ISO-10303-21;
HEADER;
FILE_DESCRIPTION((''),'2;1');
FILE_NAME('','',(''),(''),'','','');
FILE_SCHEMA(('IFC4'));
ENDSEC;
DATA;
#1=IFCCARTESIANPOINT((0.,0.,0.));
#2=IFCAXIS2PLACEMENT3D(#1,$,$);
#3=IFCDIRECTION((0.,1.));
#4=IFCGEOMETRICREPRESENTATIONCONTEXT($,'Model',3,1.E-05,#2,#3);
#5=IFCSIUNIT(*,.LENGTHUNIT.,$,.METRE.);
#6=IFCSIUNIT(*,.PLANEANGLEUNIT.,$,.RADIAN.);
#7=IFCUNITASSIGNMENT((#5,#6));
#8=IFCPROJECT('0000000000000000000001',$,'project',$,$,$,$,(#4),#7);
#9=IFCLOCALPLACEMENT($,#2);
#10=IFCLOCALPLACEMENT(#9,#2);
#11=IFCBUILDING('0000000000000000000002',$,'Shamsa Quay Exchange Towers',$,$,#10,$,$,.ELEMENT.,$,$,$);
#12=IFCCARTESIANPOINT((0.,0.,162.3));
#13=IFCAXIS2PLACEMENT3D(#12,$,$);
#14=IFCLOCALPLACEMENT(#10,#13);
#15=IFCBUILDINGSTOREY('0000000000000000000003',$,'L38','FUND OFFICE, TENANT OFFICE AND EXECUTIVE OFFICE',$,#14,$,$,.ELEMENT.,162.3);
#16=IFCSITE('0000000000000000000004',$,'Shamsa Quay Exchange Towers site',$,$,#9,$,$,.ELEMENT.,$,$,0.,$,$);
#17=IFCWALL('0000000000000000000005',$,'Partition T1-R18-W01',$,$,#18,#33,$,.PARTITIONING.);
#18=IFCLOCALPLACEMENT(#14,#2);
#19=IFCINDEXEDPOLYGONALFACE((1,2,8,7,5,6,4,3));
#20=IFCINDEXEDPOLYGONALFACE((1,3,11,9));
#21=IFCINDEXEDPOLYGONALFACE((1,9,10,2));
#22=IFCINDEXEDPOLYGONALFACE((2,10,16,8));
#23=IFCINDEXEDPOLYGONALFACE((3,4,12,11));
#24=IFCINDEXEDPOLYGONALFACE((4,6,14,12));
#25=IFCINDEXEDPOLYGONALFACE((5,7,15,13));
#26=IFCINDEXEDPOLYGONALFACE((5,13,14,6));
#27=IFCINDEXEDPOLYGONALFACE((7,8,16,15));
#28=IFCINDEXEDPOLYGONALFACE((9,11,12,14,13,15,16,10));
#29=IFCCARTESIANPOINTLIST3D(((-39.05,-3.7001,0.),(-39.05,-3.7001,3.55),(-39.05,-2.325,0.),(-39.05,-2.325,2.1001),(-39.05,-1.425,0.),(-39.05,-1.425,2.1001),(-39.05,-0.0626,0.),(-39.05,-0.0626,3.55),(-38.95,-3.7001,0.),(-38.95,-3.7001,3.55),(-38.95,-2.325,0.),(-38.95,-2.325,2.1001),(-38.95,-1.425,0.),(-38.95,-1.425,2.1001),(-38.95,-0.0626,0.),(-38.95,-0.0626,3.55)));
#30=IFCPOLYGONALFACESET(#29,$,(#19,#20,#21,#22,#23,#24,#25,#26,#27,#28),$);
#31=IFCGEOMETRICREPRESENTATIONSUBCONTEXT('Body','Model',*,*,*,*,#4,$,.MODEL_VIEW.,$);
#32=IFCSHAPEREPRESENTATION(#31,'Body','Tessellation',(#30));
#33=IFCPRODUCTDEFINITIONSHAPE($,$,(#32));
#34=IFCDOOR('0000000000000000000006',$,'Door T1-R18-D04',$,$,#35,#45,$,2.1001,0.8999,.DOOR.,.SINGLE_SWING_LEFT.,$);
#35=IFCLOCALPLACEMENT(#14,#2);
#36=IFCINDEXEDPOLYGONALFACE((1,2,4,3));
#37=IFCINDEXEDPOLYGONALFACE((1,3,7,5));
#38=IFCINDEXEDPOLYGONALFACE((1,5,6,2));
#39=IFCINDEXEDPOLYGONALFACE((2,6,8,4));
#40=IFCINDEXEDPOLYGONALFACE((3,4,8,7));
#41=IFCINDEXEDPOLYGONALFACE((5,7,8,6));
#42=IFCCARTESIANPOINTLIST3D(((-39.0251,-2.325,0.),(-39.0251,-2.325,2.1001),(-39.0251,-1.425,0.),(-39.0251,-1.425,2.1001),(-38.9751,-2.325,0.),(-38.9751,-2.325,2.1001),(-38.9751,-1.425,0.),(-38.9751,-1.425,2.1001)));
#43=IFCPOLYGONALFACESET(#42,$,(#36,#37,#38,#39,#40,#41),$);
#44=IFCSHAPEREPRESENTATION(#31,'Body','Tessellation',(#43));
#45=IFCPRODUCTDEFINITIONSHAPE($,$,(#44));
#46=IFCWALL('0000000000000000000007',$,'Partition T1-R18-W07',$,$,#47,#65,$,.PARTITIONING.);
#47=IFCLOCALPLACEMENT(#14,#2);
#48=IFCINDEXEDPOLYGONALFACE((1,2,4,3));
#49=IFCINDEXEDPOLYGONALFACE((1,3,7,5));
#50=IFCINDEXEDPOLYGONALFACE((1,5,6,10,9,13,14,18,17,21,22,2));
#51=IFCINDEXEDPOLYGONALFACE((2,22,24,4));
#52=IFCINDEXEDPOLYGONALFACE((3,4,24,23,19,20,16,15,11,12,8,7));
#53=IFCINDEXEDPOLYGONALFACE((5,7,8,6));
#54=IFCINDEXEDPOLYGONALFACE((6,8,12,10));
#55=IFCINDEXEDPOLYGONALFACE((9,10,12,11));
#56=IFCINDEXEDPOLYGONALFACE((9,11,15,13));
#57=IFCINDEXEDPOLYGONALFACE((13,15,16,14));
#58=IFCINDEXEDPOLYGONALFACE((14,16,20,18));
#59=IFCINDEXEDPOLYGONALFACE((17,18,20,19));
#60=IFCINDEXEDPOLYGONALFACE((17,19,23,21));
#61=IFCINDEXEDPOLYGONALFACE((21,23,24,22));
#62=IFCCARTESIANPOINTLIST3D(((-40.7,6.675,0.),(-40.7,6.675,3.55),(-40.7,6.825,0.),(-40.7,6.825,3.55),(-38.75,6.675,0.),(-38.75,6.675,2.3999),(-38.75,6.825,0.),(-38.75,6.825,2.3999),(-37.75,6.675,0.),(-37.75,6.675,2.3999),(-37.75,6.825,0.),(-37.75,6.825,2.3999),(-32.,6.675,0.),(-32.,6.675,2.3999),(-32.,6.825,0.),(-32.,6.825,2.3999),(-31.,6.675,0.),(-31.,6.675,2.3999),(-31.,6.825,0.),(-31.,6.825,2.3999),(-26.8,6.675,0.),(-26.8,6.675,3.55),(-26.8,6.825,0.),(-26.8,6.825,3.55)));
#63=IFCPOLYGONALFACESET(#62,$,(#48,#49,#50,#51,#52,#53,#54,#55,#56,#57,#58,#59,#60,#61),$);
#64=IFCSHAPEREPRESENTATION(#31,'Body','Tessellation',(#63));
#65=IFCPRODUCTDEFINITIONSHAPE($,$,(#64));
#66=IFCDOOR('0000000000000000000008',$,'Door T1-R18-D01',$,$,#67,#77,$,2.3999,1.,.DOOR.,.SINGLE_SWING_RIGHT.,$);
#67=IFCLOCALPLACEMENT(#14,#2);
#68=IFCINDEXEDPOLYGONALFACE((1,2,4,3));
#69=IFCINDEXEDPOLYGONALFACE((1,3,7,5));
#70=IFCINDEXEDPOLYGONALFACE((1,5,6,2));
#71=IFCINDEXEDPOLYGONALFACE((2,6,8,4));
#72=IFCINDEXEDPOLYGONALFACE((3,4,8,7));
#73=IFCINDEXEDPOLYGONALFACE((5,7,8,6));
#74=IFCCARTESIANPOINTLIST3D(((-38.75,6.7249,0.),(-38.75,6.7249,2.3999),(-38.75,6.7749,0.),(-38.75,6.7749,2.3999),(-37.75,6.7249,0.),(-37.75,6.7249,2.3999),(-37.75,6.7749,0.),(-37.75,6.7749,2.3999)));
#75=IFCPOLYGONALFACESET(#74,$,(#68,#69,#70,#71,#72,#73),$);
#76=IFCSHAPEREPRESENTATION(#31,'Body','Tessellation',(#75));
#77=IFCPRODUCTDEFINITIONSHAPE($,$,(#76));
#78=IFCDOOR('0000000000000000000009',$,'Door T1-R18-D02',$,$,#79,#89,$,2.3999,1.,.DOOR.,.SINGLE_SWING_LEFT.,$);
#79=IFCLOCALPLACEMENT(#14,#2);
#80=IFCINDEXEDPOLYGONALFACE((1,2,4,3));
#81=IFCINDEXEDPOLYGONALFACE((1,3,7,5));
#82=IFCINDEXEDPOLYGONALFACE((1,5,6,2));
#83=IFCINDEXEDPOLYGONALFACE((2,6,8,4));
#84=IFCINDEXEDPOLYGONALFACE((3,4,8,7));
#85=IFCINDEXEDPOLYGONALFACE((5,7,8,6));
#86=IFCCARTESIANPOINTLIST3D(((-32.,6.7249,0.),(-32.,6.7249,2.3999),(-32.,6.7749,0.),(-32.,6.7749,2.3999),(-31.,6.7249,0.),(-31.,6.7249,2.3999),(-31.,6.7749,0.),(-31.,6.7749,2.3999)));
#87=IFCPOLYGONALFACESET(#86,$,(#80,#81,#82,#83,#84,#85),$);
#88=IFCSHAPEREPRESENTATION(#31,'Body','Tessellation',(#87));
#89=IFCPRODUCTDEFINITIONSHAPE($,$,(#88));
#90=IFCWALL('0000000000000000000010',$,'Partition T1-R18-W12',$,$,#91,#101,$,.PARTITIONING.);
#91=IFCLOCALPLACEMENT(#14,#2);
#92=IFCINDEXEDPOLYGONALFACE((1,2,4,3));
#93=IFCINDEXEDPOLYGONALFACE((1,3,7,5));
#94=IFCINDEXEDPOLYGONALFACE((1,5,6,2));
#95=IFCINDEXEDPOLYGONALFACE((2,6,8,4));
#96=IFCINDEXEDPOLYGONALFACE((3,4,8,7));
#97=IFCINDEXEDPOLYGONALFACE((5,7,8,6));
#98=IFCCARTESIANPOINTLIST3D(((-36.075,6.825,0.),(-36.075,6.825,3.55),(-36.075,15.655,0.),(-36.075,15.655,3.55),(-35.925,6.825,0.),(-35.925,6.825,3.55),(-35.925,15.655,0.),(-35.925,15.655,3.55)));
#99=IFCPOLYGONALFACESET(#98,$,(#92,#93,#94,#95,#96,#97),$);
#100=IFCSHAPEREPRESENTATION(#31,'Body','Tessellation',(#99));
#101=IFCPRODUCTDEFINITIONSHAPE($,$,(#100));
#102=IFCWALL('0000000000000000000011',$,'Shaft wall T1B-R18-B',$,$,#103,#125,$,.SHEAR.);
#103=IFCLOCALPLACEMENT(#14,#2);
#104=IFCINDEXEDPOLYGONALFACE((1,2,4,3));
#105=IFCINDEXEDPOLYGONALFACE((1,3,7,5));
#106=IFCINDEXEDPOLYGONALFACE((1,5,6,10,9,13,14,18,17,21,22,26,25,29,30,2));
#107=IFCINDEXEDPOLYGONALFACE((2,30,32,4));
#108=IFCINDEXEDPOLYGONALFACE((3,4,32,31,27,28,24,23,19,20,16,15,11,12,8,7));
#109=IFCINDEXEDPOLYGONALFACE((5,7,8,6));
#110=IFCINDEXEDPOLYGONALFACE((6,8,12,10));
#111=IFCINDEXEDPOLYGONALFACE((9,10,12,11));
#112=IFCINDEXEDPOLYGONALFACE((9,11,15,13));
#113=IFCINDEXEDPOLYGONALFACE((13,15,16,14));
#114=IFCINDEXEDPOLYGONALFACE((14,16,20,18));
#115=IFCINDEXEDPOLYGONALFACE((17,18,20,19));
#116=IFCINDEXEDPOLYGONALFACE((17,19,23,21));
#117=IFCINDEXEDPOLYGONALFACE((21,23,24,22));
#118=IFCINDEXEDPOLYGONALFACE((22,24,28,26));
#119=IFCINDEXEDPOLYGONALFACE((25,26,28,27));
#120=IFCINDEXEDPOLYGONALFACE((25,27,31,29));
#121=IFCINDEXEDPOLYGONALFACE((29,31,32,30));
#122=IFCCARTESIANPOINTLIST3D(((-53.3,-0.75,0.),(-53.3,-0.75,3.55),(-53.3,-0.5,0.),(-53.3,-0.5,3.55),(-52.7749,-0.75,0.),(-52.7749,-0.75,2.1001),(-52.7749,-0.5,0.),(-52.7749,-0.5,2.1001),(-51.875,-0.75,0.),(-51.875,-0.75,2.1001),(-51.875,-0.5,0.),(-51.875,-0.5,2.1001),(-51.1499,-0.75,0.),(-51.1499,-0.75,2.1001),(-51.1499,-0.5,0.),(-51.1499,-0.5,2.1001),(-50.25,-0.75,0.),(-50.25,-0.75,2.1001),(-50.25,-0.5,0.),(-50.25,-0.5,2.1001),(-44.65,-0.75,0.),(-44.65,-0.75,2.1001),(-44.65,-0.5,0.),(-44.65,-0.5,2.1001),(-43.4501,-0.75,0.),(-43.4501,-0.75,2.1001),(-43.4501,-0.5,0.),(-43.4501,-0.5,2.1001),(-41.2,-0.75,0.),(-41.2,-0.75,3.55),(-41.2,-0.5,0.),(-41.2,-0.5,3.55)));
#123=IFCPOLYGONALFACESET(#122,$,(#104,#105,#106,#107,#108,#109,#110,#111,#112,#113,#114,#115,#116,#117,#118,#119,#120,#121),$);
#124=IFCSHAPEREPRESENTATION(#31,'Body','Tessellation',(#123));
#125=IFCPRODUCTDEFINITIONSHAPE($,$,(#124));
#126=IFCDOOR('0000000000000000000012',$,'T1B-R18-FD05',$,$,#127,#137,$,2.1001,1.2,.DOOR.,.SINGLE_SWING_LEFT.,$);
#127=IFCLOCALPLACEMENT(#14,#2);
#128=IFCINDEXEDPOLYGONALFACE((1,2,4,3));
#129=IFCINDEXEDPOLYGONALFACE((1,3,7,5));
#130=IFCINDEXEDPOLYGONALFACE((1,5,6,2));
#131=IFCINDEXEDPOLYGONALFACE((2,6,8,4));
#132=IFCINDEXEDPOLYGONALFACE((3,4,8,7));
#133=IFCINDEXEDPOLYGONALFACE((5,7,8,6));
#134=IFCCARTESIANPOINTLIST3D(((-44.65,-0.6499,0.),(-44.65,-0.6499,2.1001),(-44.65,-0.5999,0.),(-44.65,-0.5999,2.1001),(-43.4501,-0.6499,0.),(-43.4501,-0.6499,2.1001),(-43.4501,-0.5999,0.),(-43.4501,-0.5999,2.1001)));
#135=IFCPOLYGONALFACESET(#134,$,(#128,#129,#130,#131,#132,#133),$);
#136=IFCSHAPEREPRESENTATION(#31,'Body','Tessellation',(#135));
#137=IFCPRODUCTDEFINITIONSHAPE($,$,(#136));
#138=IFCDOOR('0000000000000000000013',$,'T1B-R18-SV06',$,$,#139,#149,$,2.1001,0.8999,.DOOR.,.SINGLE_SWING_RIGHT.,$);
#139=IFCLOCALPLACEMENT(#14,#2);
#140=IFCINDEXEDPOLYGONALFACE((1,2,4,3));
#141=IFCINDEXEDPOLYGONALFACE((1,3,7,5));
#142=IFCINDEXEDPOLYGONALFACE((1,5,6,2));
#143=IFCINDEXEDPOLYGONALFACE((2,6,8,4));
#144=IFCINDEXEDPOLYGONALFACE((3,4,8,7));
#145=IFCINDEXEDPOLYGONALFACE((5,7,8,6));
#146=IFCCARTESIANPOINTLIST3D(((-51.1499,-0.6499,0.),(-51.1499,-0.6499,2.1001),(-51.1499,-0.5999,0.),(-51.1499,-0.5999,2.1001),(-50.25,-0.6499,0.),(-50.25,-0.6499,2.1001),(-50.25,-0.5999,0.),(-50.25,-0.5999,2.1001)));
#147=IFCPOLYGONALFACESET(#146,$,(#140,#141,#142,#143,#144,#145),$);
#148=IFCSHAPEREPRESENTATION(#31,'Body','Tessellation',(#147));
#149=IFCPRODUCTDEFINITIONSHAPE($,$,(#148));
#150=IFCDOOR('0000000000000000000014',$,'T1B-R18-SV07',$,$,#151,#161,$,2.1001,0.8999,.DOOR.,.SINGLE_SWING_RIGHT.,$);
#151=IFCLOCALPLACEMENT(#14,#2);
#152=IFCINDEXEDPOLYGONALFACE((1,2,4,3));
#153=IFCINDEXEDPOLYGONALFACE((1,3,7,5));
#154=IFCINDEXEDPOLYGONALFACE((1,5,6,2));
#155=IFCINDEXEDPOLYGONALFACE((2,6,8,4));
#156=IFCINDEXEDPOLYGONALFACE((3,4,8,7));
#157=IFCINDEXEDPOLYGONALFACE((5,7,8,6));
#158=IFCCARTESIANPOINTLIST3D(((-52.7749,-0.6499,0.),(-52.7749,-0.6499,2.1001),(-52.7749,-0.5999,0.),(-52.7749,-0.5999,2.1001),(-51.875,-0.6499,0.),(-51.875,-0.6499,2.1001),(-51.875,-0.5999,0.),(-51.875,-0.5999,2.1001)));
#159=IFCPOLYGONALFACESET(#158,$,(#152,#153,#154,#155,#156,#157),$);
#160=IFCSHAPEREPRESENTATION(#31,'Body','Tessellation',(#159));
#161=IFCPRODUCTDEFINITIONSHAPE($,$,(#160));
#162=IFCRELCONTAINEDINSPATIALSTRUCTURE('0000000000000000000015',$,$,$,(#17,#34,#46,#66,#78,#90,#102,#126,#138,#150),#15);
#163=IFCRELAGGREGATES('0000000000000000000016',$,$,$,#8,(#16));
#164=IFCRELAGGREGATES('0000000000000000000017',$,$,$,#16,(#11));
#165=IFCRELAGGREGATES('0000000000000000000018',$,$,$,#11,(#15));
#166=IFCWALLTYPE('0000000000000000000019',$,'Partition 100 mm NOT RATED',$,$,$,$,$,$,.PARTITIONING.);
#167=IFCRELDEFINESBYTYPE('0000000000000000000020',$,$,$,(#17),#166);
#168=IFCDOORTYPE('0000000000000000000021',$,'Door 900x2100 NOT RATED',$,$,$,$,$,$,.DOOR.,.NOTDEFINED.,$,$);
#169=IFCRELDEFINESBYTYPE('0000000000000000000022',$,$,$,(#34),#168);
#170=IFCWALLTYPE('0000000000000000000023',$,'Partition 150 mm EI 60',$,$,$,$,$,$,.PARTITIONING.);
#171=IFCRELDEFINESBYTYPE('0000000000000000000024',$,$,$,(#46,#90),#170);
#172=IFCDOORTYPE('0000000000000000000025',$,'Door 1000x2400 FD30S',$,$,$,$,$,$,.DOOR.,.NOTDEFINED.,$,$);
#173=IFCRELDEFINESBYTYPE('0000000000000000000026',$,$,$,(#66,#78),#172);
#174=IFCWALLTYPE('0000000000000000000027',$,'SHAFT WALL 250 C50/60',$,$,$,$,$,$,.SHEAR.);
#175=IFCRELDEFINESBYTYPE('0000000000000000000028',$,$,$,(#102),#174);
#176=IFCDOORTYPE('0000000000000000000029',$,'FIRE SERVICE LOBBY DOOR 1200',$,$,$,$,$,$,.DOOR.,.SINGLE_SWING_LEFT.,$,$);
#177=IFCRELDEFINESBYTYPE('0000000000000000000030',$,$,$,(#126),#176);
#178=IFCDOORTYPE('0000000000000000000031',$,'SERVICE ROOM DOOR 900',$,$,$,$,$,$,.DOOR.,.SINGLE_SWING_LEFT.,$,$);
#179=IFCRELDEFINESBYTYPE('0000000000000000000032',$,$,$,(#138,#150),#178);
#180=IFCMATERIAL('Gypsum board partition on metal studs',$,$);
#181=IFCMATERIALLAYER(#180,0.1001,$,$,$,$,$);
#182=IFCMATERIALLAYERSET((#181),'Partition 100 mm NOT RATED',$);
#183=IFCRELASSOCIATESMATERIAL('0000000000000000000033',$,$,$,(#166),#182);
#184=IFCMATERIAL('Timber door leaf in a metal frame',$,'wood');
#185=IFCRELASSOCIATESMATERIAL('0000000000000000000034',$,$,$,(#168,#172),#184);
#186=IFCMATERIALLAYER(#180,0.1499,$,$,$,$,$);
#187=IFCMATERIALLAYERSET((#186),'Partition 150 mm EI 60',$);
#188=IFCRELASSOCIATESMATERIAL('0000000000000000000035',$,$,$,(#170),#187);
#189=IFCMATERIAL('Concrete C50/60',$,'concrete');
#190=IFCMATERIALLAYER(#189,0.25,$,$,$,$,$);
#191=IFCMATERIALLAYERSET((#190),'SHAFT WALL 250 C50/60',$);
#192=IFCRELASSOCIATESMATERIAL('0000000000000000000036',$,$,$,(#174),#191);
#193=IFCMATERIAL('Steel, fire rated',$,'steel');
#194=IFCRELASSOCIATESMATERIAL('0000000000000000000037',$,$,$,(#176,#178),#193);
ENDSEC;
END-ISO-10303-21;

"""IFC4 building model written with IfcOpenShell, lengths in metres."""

from ifc_helpers import new_model, si_unit, direction, frame, frame_2d, origin, place, context, subcontext, project, spatial, rectangle, extrude, material, layer, layer_set, type_object, element, fill, save


model = new_model("IFC4")

# Units and contexts
model_context = context("Model", 3, precision=1e-05, world=origin(), true_north=direction((0.0, 1.0)))
body_context = subcontext(model_context, "Body", "Model", "MODEL_VIEW")
ifc_project = project(units=[si_unit("LENGTHUNIT", "METRE"), si_unit("PLANEANGLEUNIT", "RADIAN")], contexts=[model_context])

# Site, building, storey
site_placement = place(None, origin())
site = spatial("IfcSite", under=ifc_project, at=site_placement, Name="Shamsa Quay Exchange Towers site", CompositionType="ELEMENT", RefElevation=0.0)
building_placement = place(site_placement, origin())
building = spatial("IfcBuilding", under=site, at=building_placement, Name="Shamsa Quay Exchange Towers", CompositionType="ELEMENT")
storey_placement = place(building_placement, frame((0.0, 0.0, 162.3)))
storey = spatial("IfcBuildingStorey", under=building, at=storey_placement, Name="L38", Description="FUND OFFICE, TENANT OFFICE AND EXECUTIVE OFFICE", CompositionType="ELEMENT", Elevation=162.3)

# Wall, opening, door
ifc_material_1 = material(Name="Gypsum board partition on metal studs")
ifc_layer_1 = layer(ifc_material_1, 0.1001)
ifc_layer_set_1 = layer_set([ifc_layer_1], Name="Partition 100 mm NOT RATED")
wall_type_1 = type_object("IfcWallType", Name="Partition 100 mm NOT RATED", PredefinedType="PARTITIONING", material=ifc_layer_set_1)
wall_1_placement = place(storey_placement, frame((-39.0, -0.0625, 0.0), z_axis=(0.0, 0.0, 1.0), x_axis=(0.0, -1.0, 0.0)))
wall_1 = element("IfcWall", 1, at=wall_1_placement, inside=storey, type_object=wall_type_1, Name="Partition T1-R18-W01", PredefinedType="PARTITIONING", context=body_context, shape_type="SweptSolid", body=[
    extrude(rectangle(XDim=3.6375, YDim=0.1001, at=frame_2d((1.8188, 0.0))), origin(), (0.0, 0.0, 1.0), 3.55),
])
opening_1_placement = place(wall_1_placement, frame((1.3625, 0.0, 0.0)))
opening_1 = element("IfcOpeningElement", 2, at=opening_1_placement, cuts=wall_1, PredefinedType="OPENING", context=body_context, shape_type="SweptSolid", body=[
    extrude(rectangle(XDim=0.8999, YDim=2.1001, at=frame_2d((0.45, 1.05))), frame((0.0, 0.0601, 0.0), z_axis=(0.0, -1.0, 0.0), x_axis=(1.0, 0.0, 0.0)), (0.0, 0.0, 1.0), 0.1201),
])
ifc_material_2 = material(Name="Timber door leaf in a metal frame", Category="wood")
door_type_1 = type_object("IfcDoorType", Name="Door 900x2100 NOT RATED", OperationType="NOTDEFINED", PredefinedType="DOOR", material=ifc_material_2)
door_1_placement = place(opening_1_placement, origin())
door_1 = element("IfcDoor", 3, at=door_1_placement, inside=storey, type_object=door_type_1, Name="Door T1-R18-D04", OperationType="SINGLE_SWING_LEFT", OverallHeight=2.1001, OverallWidth=0.8999, PredefinedType="DOOR", context=body_context, shape_type="SweptSolid", body=[
    extrude(rectangle(XDim=0.8999, YDim=2.1001, at=frame_2d((0.45, 1.05))), frame((0.0, 0.0249, 0.0), z_axis=(0.0, -1.0, 0.0), x_axis=(1.0, 0.0, 0.0)), (0.0, 0.0, 1.0), 0.05),
])
fill(opening_1, door_1)

# Wall, openings, doors
ifc_layer_2 = layer(ifc_material_1, 0.1499)
ifc_layer_set_2 = layer_set([ifc_layer_2], Name="Partition 150 mm EI 60")
wall_type_2 = type_object("IfcWallType", Name="Partition 150 mm EI 60", PredefinedType="PARTITIONING", material=ifc_layer_set_2)
wall_2_placement = place(storey_placement, frame((-40.7, 6.75, 0.0)))
wall_2 = element("IfcWall", 4, at=wall_2_placement, inside=storey, type_object=wall_type_2, Name="Partition T1-R18-W07", PredefinedType="PARTITIONING", context=body_context, shape_type="SweptSolid", body=[
    extrude(rectangle(XDim=13.8999, YDim=0.1499, at=frame_2d((6.95, 0.0))), origin(), (0.0, 0.0, 1.0), 3.55),
])
opening_2_placement = place(wall_2_placement, frame((1.95, 0.0, 0.0)))
opening_2 = element("IfcOpeningElement", 5, at=opening_2_placement, cuts=wall_2, PredefinedType="OPENING", context=body_context, shape_type="SweptSolid", body=[
    extrude(rectangle(XDim=1.0, YDim=2.3999, at=frame_2d((0.5, 1.2))), frame((0.0, 0.085, 0.0), z_axis=(0.0, -1.0, 0.0), x_axis=(1.0, 0.0, 0.0)), (0.0, 0.0, 1.0), 0.1699),
])
opening_3_placement = place(wall_2_placement, frame((8.7, 0.0, 0.0)))
opening_3 = element("IfcOpeningElement", 6, at=opening_3_placement, cuts=wall_2, PredefinedType="OPENING", context=body_context, shape_type="SweptSolid", body=[
    extrude(rectangle(XDim=1.0, YDim=2.3999, at=frame_2d((0.5, 1.2))), frame((0.0, 0.085, 0.0), z_axis=(0.0, -1.0, 0.0), x_axis=(1.0, 0.0, 0.0)), (0.0, 0.0, 1.0), 0.1699),
])
door_type_2 = type_object("IfcDoorType", Name="Door 1000x2400 FD30S", OperationType="NOTDEFINED", PredefinedType="DOOR", material=ifc_material_2)
door_2_placement = place(opening_2_placement, origin())
door_2 = element("IfcDoor", 7, at=door_2_placement, inside=storey, type_object=door_type_2, Name="Door T1-R18-D01", OperationType="SINGLE_SWING_RIGHT", OverallHeight=2.3999, OverallWidth=1.0, PredefinedType="DOOR", context=body_context, shape_type="SweptSolid", body=[
    extrude(rectangle(XDim=1.0, YDim=2.3999, at=frame_2d((0.5, 1.2))), frame((0.0, 0.0249, 0.0), z_axis=(0.0, -1.0, 0.0), x_axis=(1.0, 0.0, 0.0)), (0.0, 0.0, 1.0), 0.05),
])
fill(opening_2, door_2)
door_3_placement = place(opening_3_placement, origin())
door_3 = element("IfcDoor", 8, at=door_3_placement, inside=storey, type_object=door_type_2, Name="Door T1-R18-D02", OperationType="SINGLE_SWING_LEFT", OverallHeight=2.3999, OverallWidth=1.0, PredefinedType="DOOR", context=body_context, shape_type="SweptSolid", body=[
    extrude(rectangle(XDim=1.0, YDim=2.3999, at=frame_2d((0.5, 1.2))), frame((0.0, 0.0249, 0.0), z_axis=(0.0, -1.0, 0.0), x_axis=(1.0, 0.0, 0.0)), (0.0, 0.0, 1.0), 0.05),
])
fill(opening_3, door_3)

# Wall
wall_3_placement = place(storey_placement, frame((-36.0, 6.825, 0.0), z_axis=(0.0, 0.0, 1.0), x_axis=(0.0, 1.0, 0.0)))
element("IfcWall", 9, at=wall_3_placement, inside=storey, type_object=wall_type_2, Name="Partition T1-R18-W12", PredefinedType="PARTITIONING", context=body_context, shape_type="SweptSolid", body=[
    extrude(rectangle(XDim=8.8301, YDim=0.1499, at=frame_2d((4.415, 0.0))), origin(), (0.0, 0.0, 1.0), 3.55),
])

# Wall, openings, doors
ifc_material_3 = material(Name="Concrete C50/60", Category="concrete")
ifc_layer_3 = layer(ifc_material_3, 0.25)
ifc_layer_set_3 = layer_set([ifc_layer_3], Name="SHAFT WALL 250 C50/60")
wall_type_3 = type_object("IfcWallType", Name="SHAFT WALL 250 C50/60", PredefinedType="SHEAR", material=ifc_layer_set_3)
wall_4_placement = place(storey_placement, frame((-41.2, -0.625, 0.0), z_axis=(0.0, 0.0, 1.0), x_axis=(-1.0, 0.0, 0.0)))
wall_4 = element("IfcWall", 10, at=wall_4_placement, inside=storey, type_object=wall_type_3, Name="Shaft wall T1B-R18-B", PredefinedType="SHEAR", context=body_context, shape_type="SweptSolid", body=[
    extrude(rectangle(XDim=12.1001, YDim=0.25, at=frame_2d((6.05, 0.0))), origin(), (0.0, 0.0, 1.0), 3.55),
])
opening_4_placement = place(wall_4_placement, frame((2.25, 0.0, 0.0)))
opening_4 = element("IfcOpeningElement", 11, at=opening_4_placement, cuts=wall_4, PredefinedType="OPENING", context=body_context, shape_type="SweptSolid", body=[
    extrude(rectangle(XDim=1.2, YDim=2.1001, at=frame_2d((0.6001, 1.05))), frame((0.0, 0.135, 0.0), z_axis=(0.0, -1.0, 0.0), x_axis=(1.0, 0.0, 0.0)), (0.0, 0.0, 1.0), 0.27),
])
opening_5_placement = place(wall_4_placement, frame((9.05, 0.0, 0.0)))
opening_5 = element("IfcOpeningElement", 12, at=opening_5_placement, cuts=wall_4, PredefinedType="OPENING", context=body_context, shape_type="SweptSolid", body=[
    extrude(rectangle(XDim=0.8999, YDim=2.1001, at=frame_2d((0.45, 1.05))), frame((0.0, 0.135, 0.0), z_axis=(0.0, -1.0, 0.0), x_axis=(1.0, 0.0, 0.0)), (0.0, 0.0, 1.0), 0.27),
])
opening_6_placement = place(wall_4_placement, frame((10.675, 0.0, 0.0)))
opening_6 = element("IfcOpeningElement", 13, at=opening_6_placement, cuts=wall_4, PredefinedType="OPENING", context=body_context, shape_type="SweptSolid", body=[
    extrude(rectangle(XDim=0.8999, YDim=2.1001, at=frame_2d((0.45, 1.05))), frame((0.0, 0.135, 0.0), z_axis=(0.0, -1.0, 0.0), x_axis=(1.0, 0.0, 0.0)), (0.0, 0.0, 1.0), 0.27),
])
ifc_material_4 = material(Name="Steel, fire rated", Category="steel")
door_type_3 = type_object("IfcDoorType", Name="FIRE SERVICE LOBBY DOOR 1200", OperationType="SINGLE_SWING_LEFT", PredefinedType="DOOR", material=ifc_material_4)
door_4_placement = place(opening_4_placement, origin())
door_4 = element("IfcDoor", 14, at=door_4_placement, inside=storey, type_object=door_type_3, Name="T1B-R18-FD05", OperationType="SINGLE_SWING_LEFT", OverallHeight=2.1001, OverallWidth=1.2, PredefinedType="DOOR", context=body_context, shape_type="SweptSolid", body=[
    extrude(rectangle(XDim=1.2, YDim=2.1001, at=frame_2d((0.6001, 1.05))), frame((0.0, 0.0249, 0.0), z_axis=(0.0, -1.0, 0.0), x_axis=(1.0, 0.0, 0.0)), (0.0, 0.0, 1.0), 0.05),
])
fill(opening_4, door_4)
door_type_4 = type_object("IfcDoorType", Name="SERVICE ROOM DOOR 900", OperationType="SINGLE_SWING_LEFT", PredefinedType="DOOR", material=ifc_material_4)
door_5_placement = place(opening_5_placement, origin())
door_5 = element("IfcDoor", 15, at=door_5_placement, inside=storey, type_object=door_type_4, Name="T1B-R18-SV06", OperationType="SINGLE_SWING_RIGHT", OverallHeight=2.1001, OverallWidth=0.8999, PredefinedType="DOOR", context=body_context, shape_type="SweptSolid", body=[
    extrude(rectangle(XDim=0.8999, YDim=2.1001, at=frame_2d((0.45, 1.05))), frame((0.0, 0.0249, 0.0), z_axis=(0.0, -1.0, 0.0), x_axis=(1.0, 0.0, 0.0)), (0.0, 0.0, 1.0), 0.05),
])
fill(opening_5, door_5)
door_6_placement = place(opening_6_placement, origin())
door_6 = element("IfcDoor", 16, at=door_6_placement, inside=storey, type_object=door_type_4, Name="T1B-R18-SV07", OperationType="SINGLE_SWING_RIGHT", OverallHeight=2.1001, OverallWidth=0.8999, PredefinedType="DOOR", context=body_context, shape_type="SweptSolid", body=[
    extrude(rectangle(XDim=0.8999, YDim=2.1001, at=frame_2d((0.45, 1.05))), frame((0.0, 0.0249, 0.0), z_axis=(0.0, -1.0, 0.0), x_axis=(1.0, 0.0, 0.0)), (0.0, 0.0, 1.0), 0.05),
])
fill(opening_6, door_6)

save(model, "model.ifc")
